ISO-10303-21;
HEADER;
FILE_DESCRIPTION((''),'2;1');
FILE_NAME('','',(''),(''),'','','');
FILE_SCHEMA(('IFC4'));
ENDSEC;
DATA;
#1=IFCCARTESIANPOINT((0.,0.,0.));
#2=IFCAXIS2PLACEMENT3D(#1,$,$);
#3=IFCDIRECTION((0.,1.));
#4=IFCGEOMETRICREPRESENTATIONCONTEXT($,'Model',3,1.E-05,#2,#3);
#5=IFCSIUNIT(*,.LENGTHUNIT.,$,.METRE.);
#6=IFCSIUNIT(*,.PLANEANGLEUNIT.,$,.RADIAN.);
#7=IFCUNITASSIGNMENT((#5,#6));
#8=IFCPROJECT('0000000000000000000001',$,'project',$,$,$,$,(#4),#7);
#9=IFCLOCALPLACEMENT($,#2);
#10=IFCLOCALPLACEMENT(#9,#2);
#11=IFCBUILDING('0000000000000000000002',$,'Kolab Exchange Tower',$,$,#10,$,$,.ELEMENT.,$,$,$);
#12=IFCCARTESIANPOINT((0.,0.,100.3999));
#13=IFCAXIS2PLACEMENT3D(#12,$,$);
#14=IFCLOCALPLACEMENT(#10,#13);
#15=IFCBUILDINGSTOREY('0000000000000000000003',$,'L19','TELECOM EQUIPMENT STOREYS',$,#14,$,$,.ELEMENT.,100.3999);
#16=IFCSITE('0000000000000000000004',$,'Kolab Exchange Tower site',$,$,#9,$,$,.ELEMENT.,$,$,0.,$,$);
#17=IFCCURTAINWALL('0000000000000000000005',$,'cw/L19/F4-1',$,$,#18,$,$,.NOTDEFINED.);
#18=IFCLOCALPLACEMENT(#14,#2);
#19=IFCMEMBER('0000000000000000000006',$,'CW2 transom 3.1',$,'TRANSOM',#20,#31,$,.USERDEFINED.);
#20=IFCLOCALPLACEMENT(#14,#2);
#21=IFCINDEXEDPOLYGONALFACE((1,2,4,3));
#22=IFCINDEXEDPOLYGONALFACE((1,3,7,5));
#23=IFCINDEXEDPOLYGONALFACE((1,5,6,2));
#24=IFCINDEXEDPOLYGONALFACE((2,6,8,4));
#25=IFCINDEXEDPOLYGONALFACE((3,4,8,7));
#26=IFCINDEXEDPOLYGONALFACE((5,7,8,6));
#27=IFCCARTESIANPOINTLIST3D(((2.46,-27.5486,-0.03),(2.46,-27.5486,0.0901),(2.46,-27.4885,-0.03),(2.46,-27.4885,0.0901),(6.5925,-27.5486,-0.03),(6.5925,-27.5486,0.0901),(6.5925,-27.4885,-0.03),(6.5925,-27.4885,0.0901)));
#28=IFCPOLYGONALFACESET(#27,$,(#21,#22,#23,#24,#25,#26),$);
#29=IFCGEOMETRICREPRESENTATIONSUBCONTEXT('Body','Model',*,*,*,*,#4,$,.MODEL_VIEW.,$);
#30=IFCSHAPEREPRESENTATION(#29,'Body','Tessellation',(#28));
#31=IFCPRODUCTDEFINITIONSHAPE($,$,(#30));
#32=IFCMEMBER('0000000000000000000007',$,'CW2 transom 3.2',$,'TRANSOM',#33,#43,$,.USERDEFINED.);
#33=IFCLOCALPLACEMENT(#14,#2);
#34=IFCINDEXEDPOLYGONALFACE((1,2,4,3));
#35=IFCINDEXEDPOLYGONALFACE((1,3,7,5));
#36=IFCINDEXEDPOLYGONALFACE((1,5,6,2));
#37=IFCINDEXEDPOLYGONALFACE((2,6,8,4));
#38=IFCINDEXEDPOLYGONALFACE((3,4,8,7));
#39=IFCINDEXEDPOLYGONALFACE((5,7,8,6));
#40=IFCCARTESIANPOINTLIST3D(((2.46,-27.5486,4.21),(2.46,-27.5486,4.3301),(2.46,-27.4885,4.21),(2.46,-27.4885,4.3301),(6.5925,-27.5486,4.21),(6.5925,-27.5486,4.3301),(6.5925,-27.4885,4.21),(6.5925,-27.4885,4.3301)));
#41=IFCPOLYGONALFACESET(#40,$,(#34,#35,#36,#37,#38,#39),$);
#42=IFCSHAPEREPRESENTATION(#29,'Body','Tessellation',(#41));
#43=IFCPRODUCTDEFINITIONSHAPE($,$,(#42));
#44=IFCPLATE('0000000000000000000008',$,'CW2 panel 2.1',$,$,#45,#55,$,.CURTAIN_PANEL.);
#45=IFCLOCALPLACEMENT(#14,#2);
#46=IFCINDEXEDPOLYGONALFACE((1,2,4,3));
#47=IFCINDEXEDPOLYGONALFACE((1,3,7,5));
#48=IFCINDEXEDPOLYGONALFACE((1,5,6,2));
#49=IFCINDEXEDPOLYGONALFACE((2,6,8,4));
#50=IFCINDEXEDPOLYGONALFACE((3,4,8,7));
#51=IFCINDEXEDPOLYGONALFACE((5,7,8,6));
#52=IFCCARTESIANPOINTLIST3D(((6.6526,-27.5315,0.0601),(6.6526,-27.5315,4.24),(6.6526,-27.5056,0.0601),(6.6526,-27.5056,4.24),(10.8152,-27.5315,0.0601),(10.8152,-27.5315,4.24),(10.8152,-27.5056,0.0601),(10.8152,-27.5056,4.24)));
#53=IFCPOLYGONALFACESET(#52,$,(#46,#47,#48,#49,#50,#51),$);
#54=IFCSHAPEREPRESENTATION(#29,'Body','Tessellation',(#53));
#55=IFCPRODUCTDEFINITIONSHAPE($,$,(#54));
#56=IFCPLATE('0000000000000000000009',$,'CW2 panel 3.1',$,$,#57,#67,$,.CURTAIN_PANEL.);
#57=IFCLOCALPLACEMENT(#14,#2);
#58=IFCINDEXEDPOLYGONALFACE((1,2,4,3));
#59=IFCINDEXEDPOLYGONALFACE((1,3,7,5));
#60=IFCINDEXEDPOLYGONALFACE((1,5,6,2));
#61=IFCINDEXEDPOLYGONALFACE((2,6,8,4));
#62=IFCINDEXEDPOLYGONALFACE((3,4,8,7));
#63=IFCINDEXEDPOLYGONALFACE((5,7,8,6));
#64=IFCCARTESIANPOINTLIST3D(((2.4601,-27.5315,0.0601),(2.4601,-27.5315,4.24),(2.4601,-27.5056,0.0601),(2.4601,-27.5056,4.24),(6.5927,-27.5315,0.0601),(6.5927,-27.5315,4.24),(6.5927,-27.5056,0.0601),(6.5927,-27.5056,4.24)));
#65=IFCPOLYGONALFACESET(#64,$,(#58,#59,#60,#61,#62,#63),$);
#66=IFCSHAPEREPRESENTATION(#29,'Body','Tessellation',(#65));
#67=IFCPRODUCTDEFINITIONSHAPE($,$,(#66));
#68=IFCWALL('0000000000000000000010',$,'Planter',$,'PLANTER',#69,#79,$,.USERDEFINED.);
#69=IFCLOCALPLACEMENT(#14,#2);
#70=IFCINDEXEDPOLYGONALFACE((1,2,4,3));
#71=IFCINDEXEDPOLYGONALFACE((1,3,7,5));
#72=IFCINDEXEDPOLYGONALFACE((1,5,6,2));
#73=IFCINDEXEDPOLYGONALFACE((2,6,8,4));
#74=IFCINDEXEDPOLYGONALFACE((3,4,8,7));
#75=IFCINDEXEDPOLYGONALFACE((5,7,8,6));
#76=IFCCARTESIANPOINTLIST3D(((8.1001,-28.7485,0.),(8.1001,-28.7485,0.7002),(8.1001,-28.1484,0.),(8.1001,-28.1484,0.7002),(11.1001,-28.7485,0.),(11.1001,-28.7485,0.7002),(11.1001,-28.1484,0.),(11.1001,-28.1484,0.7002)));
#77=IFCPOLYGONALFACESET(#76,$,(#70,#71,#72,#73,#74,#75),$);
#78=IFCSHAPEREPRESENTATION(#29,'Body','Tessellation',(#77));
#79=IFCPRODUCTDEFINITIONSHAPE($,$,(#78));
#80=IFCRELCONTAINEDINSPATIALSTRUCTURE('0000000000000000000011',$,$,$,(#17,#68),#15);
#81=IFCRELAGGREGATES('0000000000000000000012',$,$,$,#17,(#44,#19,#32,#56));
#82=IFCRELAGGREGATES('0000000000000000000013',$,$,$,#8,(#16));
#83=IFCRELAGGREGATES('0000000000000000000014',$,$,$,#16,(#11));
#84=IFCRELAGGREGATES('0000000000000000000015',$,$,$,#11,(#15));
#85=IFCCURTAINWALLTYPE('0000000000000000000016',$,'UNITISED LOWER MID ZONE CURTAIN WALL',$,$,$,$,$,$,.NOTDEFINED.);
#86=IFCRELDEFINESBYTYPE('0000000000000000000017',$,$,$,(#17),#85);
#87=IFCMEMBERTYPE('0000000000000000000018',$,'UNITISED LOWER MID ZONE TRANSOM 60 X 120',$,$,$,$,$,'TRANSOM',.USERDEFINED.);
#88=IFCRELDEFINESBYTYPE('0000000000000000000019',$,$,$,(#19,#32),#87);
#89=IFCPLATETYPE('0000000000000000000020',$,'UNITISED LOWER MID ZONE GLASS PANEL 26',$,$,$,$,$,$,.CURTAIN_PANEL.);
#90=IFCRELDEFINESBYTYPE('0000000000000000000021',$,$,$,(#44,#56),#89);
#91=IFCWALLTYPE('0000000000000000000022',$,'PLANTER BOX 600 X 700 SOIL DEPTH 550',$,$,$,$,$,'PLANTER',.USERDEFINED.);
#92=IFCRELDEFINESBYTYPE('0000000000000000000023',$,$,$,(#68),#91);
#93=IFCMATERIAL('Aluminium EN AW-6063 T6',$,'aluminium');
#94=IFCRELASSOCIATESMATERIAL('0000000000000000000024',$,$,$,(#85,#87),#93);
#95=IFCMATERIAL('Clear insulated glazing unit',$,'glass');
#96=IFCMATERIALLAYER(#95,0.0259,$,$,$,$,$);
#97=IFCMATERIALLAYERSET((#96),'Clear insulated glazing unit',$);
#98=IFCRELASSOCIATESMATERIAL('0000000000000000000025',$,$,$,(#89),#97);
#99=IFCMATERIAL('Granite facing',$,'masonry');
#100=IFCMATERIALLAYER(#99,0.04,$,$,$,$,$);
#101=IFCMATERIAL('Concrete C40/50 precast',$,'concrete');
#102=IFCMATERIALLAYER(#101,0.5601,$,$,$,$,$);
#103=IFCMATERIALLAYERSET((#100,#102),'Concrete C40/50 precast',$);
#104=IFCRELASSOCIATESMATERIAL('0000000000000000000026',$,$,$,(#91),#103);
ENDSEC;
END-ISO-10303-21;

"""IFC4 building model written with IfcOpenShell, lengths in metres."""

from ifc_helpers import new_model, si_unit, direction, frame, frame_2d, origin, origin_2d, place, context, subcontext, project, spatial, rectangle, extrude, material, layer, layer_set, material_profile, profile_set, type_object, element, aggregate, save


model = new_model("IFC4")

# Units and contexts
model_context = context("Model", 3, precision=1e-05, world=origin(), true_north=direction((0.0, 1.0)))
body_context = subcontext(model_context, "Body", "Model", "MODEL_VIEW")
ifc_project = project(units=[si_unit("LENGTHUNIT", "METRE"), si_unit("PLANEANGLEUNIT", "RADIAN")], contexts=[model_context])

# Site, building, storey
site_placement = place(None, origin())
site = spatial("IfcSite", under=ifc_project, at=site_placement, Name="Kolab Exchange Tower site", CompositionType="ELEMENT", RefElevation=0.0)
building_placement = place(site_placement, origin())
building = spatial("IfcBuilding", under=site, at=building_placement, Name="Kolab Exchange Tower", CompositionType="ELEMENT")
storey_placement = place(building_placement, frame((0.0, 0.0, 100.3999)))
storey = spatial("IfcBuildingStorey", under=building, at=storey_placement, Name="L19", Description="TELECOM EQUIPMENT STOREYS", CompositionType="ELEMENT", Elevation=100.3999)

# Curtain wall, members, plates
ifc_material_1 = material(Name="Aluminium EN AW-6063 T6", Category="aluminium")
curtain_wall_type = type_object("IfcCurtainWallType", Name="UNITISED LOWER MID ZONE CURTAIN WALL", PredefinedType="NOTDEFINED", material=ifc_material_1)
curtain_wall_placement = place(storey_placement, origin())
curtain_wall = element("IfcCurtainWall", 1, at=curtain_wall_placement, inside=storey, type_object=curtain_wall_type, Name="cw/L19/F4-1", PredefinedType="NOTDEFINED")
ifc_material_profile_1 = material_profile(ifc_material_1, rectangle(XDim=0.0601, YDim=0.1201, at=origin_2d()), Name="RECT 60X120")
ifc_profile_set_1 = profile_set([ifc_material_profile_1], Name="Aluminium EN AW-6063 T6")
member_type_1 = type_object("IfcMemberType", Name="UNITISED LOWER MID ZONE TRANSOM 60 X 120", ElementType="TRANSOM", PredefinedType="USERDEFINED", material=ifc_profile_set_1)
member_1_placement = place(storey_placement, frame((6.5925, -27.5186, 0.03), z_axis=(-1.0, 0.0, 0.0), x_axis=(0.0, -1.0, 0.0)))
member_1 = element("IfcMember", 2, at=member_1_placement, type_object=member_type_1, Name="CW2 transom 3.1", ObjectType="TRANSOM", PredefinedType="USERDEFINED", context=body_context, shape_type="SweptSolid", body=[
    extrude(rectangle(XDim=0.0601, YDim=0.1201, at=origin_2d()), origin(), (0.0, 0.0, 1.0), 4.1326),
])
member_2_placement = place(storey_placement, frame((6.5925, -27.5186, 4.27), z_axis=(-1.0, 0.0, 0.0), x_axis=(0.0, -1.0, 0.0)))
member_2 = element("IfcMember", 3, at=member_2_placement, type_object=member_type_1, Name="CW2 transom 3.2", ObjectType="TRANSOM", PredefinedType="USERDEFINED", context=body_context, shape_type="SweptSolid", body=[
    extrude(rectangle(XDim=0.0601, YDim=0.1201, at=origin_2d()), origin(), (0.0, 0.0, 1.0), 4.1326),
])
ifc_material_2 = material(Name="Clear insulated glazing unit", Category="glass")
ifc_layer_1 = layer(ifc_material_2, 0.0259)
ifc_layer_set_1 = layer_set([ifc_layer_1], Name="Clear insulated glazing unit")
plate_type = type_object("IfcPlateType", Name="UNITISED LOWER MID ZONE GLASS PANEL 26", PredefinedType="CURTAIN_PANEL", material=ifc_layer_set_1)
plate_1_placement = place(storey_placement, frame((8.7339, -27.5186, 0.0601), z_axis=(0.0, 0.0, 1.0), x_axis=(-1.0, 0.0, 0.0)))
plate_1 = element("IfcPlate", 4, at=plate_1_placement, type_object=plate_type, Name="CW2 panel 2.1", PredefinedType="CURTAIN_PANEL", context=body_context, shape_type="SweptSolid", body=[
    extrude(rectangle(XDim=4.1626, YDim=0.0259, at=origin_2d()), origin(), (0.0, 0.0, 1.0), 4.1799),
])
plate_2_placement = place(storey_placement, frame((4.5264, -27.5186, 0.0601), z_axis=(0.0, 0.0, 1.0), x_axis=(-1.0, 0.0, 0.0)))
plate_2 = element("IfcPlate", 5, at=plate_2_placement, type_object=plate_type, Name="CW2 panel 3.1", PredefinedType="CURTAIN_PANEL", context=body_context, shape_type="SweptSolid", body=[
    extrude(rectangle(XDim=4.1326, YDim=0.0259, at=origin_2d()), origin(), (0.0, 0.0, 1.0), 4.1799),
])
aggregate(curtain_wall, [plate_1, member_1, member_2, plate_2])

# Wall
ifc_material_3 = material(Name="Granite facing", Category="masonry")
ifc_layer_2 = layer(ifc_material_3, 0.04)
ifc_material_4 = material(Name="Concrete C40/50 precast", Category="concrete")
ifc_layer_3 = layer(ifc_material_4, 0.5601)
ifc_layer_set_2 = layer_set([ifc_layer_2, ifc_layer_3], Name="Concrete C40/50 precast")
wall_type_1 = type_object("IfcWallType", Name="PLANTER BOX 600 X 700 SOIL DEPTH 550", ElementType="PLANTER", PredefinedType="USERDEFINED", material=ifc_layer_set_2)
wall_1_placement = place(storey_placement, frame((11.1001, -28.4485, 0.0), z_axis=(0.0, 0.0, 1.0), x_axis=(-1.0, 0.0, 0.0)))
element("IfcWall", 6, at=wall_1_placement, inside=storey, type_object=wall_type_1, Name="Planter", ObjectType="PLANTER", PredefinedType="USERDEFINED", context=body_context, shape_type="SweptSolid", body=[
    extrude(rectangle(XDim=3.0, YDim=0.6001, at=frame_2d((1.5, 0.0))), origin(), (0.0, 0.0, 1.0), 0.7002),
])

save(model, "model.ifc")
